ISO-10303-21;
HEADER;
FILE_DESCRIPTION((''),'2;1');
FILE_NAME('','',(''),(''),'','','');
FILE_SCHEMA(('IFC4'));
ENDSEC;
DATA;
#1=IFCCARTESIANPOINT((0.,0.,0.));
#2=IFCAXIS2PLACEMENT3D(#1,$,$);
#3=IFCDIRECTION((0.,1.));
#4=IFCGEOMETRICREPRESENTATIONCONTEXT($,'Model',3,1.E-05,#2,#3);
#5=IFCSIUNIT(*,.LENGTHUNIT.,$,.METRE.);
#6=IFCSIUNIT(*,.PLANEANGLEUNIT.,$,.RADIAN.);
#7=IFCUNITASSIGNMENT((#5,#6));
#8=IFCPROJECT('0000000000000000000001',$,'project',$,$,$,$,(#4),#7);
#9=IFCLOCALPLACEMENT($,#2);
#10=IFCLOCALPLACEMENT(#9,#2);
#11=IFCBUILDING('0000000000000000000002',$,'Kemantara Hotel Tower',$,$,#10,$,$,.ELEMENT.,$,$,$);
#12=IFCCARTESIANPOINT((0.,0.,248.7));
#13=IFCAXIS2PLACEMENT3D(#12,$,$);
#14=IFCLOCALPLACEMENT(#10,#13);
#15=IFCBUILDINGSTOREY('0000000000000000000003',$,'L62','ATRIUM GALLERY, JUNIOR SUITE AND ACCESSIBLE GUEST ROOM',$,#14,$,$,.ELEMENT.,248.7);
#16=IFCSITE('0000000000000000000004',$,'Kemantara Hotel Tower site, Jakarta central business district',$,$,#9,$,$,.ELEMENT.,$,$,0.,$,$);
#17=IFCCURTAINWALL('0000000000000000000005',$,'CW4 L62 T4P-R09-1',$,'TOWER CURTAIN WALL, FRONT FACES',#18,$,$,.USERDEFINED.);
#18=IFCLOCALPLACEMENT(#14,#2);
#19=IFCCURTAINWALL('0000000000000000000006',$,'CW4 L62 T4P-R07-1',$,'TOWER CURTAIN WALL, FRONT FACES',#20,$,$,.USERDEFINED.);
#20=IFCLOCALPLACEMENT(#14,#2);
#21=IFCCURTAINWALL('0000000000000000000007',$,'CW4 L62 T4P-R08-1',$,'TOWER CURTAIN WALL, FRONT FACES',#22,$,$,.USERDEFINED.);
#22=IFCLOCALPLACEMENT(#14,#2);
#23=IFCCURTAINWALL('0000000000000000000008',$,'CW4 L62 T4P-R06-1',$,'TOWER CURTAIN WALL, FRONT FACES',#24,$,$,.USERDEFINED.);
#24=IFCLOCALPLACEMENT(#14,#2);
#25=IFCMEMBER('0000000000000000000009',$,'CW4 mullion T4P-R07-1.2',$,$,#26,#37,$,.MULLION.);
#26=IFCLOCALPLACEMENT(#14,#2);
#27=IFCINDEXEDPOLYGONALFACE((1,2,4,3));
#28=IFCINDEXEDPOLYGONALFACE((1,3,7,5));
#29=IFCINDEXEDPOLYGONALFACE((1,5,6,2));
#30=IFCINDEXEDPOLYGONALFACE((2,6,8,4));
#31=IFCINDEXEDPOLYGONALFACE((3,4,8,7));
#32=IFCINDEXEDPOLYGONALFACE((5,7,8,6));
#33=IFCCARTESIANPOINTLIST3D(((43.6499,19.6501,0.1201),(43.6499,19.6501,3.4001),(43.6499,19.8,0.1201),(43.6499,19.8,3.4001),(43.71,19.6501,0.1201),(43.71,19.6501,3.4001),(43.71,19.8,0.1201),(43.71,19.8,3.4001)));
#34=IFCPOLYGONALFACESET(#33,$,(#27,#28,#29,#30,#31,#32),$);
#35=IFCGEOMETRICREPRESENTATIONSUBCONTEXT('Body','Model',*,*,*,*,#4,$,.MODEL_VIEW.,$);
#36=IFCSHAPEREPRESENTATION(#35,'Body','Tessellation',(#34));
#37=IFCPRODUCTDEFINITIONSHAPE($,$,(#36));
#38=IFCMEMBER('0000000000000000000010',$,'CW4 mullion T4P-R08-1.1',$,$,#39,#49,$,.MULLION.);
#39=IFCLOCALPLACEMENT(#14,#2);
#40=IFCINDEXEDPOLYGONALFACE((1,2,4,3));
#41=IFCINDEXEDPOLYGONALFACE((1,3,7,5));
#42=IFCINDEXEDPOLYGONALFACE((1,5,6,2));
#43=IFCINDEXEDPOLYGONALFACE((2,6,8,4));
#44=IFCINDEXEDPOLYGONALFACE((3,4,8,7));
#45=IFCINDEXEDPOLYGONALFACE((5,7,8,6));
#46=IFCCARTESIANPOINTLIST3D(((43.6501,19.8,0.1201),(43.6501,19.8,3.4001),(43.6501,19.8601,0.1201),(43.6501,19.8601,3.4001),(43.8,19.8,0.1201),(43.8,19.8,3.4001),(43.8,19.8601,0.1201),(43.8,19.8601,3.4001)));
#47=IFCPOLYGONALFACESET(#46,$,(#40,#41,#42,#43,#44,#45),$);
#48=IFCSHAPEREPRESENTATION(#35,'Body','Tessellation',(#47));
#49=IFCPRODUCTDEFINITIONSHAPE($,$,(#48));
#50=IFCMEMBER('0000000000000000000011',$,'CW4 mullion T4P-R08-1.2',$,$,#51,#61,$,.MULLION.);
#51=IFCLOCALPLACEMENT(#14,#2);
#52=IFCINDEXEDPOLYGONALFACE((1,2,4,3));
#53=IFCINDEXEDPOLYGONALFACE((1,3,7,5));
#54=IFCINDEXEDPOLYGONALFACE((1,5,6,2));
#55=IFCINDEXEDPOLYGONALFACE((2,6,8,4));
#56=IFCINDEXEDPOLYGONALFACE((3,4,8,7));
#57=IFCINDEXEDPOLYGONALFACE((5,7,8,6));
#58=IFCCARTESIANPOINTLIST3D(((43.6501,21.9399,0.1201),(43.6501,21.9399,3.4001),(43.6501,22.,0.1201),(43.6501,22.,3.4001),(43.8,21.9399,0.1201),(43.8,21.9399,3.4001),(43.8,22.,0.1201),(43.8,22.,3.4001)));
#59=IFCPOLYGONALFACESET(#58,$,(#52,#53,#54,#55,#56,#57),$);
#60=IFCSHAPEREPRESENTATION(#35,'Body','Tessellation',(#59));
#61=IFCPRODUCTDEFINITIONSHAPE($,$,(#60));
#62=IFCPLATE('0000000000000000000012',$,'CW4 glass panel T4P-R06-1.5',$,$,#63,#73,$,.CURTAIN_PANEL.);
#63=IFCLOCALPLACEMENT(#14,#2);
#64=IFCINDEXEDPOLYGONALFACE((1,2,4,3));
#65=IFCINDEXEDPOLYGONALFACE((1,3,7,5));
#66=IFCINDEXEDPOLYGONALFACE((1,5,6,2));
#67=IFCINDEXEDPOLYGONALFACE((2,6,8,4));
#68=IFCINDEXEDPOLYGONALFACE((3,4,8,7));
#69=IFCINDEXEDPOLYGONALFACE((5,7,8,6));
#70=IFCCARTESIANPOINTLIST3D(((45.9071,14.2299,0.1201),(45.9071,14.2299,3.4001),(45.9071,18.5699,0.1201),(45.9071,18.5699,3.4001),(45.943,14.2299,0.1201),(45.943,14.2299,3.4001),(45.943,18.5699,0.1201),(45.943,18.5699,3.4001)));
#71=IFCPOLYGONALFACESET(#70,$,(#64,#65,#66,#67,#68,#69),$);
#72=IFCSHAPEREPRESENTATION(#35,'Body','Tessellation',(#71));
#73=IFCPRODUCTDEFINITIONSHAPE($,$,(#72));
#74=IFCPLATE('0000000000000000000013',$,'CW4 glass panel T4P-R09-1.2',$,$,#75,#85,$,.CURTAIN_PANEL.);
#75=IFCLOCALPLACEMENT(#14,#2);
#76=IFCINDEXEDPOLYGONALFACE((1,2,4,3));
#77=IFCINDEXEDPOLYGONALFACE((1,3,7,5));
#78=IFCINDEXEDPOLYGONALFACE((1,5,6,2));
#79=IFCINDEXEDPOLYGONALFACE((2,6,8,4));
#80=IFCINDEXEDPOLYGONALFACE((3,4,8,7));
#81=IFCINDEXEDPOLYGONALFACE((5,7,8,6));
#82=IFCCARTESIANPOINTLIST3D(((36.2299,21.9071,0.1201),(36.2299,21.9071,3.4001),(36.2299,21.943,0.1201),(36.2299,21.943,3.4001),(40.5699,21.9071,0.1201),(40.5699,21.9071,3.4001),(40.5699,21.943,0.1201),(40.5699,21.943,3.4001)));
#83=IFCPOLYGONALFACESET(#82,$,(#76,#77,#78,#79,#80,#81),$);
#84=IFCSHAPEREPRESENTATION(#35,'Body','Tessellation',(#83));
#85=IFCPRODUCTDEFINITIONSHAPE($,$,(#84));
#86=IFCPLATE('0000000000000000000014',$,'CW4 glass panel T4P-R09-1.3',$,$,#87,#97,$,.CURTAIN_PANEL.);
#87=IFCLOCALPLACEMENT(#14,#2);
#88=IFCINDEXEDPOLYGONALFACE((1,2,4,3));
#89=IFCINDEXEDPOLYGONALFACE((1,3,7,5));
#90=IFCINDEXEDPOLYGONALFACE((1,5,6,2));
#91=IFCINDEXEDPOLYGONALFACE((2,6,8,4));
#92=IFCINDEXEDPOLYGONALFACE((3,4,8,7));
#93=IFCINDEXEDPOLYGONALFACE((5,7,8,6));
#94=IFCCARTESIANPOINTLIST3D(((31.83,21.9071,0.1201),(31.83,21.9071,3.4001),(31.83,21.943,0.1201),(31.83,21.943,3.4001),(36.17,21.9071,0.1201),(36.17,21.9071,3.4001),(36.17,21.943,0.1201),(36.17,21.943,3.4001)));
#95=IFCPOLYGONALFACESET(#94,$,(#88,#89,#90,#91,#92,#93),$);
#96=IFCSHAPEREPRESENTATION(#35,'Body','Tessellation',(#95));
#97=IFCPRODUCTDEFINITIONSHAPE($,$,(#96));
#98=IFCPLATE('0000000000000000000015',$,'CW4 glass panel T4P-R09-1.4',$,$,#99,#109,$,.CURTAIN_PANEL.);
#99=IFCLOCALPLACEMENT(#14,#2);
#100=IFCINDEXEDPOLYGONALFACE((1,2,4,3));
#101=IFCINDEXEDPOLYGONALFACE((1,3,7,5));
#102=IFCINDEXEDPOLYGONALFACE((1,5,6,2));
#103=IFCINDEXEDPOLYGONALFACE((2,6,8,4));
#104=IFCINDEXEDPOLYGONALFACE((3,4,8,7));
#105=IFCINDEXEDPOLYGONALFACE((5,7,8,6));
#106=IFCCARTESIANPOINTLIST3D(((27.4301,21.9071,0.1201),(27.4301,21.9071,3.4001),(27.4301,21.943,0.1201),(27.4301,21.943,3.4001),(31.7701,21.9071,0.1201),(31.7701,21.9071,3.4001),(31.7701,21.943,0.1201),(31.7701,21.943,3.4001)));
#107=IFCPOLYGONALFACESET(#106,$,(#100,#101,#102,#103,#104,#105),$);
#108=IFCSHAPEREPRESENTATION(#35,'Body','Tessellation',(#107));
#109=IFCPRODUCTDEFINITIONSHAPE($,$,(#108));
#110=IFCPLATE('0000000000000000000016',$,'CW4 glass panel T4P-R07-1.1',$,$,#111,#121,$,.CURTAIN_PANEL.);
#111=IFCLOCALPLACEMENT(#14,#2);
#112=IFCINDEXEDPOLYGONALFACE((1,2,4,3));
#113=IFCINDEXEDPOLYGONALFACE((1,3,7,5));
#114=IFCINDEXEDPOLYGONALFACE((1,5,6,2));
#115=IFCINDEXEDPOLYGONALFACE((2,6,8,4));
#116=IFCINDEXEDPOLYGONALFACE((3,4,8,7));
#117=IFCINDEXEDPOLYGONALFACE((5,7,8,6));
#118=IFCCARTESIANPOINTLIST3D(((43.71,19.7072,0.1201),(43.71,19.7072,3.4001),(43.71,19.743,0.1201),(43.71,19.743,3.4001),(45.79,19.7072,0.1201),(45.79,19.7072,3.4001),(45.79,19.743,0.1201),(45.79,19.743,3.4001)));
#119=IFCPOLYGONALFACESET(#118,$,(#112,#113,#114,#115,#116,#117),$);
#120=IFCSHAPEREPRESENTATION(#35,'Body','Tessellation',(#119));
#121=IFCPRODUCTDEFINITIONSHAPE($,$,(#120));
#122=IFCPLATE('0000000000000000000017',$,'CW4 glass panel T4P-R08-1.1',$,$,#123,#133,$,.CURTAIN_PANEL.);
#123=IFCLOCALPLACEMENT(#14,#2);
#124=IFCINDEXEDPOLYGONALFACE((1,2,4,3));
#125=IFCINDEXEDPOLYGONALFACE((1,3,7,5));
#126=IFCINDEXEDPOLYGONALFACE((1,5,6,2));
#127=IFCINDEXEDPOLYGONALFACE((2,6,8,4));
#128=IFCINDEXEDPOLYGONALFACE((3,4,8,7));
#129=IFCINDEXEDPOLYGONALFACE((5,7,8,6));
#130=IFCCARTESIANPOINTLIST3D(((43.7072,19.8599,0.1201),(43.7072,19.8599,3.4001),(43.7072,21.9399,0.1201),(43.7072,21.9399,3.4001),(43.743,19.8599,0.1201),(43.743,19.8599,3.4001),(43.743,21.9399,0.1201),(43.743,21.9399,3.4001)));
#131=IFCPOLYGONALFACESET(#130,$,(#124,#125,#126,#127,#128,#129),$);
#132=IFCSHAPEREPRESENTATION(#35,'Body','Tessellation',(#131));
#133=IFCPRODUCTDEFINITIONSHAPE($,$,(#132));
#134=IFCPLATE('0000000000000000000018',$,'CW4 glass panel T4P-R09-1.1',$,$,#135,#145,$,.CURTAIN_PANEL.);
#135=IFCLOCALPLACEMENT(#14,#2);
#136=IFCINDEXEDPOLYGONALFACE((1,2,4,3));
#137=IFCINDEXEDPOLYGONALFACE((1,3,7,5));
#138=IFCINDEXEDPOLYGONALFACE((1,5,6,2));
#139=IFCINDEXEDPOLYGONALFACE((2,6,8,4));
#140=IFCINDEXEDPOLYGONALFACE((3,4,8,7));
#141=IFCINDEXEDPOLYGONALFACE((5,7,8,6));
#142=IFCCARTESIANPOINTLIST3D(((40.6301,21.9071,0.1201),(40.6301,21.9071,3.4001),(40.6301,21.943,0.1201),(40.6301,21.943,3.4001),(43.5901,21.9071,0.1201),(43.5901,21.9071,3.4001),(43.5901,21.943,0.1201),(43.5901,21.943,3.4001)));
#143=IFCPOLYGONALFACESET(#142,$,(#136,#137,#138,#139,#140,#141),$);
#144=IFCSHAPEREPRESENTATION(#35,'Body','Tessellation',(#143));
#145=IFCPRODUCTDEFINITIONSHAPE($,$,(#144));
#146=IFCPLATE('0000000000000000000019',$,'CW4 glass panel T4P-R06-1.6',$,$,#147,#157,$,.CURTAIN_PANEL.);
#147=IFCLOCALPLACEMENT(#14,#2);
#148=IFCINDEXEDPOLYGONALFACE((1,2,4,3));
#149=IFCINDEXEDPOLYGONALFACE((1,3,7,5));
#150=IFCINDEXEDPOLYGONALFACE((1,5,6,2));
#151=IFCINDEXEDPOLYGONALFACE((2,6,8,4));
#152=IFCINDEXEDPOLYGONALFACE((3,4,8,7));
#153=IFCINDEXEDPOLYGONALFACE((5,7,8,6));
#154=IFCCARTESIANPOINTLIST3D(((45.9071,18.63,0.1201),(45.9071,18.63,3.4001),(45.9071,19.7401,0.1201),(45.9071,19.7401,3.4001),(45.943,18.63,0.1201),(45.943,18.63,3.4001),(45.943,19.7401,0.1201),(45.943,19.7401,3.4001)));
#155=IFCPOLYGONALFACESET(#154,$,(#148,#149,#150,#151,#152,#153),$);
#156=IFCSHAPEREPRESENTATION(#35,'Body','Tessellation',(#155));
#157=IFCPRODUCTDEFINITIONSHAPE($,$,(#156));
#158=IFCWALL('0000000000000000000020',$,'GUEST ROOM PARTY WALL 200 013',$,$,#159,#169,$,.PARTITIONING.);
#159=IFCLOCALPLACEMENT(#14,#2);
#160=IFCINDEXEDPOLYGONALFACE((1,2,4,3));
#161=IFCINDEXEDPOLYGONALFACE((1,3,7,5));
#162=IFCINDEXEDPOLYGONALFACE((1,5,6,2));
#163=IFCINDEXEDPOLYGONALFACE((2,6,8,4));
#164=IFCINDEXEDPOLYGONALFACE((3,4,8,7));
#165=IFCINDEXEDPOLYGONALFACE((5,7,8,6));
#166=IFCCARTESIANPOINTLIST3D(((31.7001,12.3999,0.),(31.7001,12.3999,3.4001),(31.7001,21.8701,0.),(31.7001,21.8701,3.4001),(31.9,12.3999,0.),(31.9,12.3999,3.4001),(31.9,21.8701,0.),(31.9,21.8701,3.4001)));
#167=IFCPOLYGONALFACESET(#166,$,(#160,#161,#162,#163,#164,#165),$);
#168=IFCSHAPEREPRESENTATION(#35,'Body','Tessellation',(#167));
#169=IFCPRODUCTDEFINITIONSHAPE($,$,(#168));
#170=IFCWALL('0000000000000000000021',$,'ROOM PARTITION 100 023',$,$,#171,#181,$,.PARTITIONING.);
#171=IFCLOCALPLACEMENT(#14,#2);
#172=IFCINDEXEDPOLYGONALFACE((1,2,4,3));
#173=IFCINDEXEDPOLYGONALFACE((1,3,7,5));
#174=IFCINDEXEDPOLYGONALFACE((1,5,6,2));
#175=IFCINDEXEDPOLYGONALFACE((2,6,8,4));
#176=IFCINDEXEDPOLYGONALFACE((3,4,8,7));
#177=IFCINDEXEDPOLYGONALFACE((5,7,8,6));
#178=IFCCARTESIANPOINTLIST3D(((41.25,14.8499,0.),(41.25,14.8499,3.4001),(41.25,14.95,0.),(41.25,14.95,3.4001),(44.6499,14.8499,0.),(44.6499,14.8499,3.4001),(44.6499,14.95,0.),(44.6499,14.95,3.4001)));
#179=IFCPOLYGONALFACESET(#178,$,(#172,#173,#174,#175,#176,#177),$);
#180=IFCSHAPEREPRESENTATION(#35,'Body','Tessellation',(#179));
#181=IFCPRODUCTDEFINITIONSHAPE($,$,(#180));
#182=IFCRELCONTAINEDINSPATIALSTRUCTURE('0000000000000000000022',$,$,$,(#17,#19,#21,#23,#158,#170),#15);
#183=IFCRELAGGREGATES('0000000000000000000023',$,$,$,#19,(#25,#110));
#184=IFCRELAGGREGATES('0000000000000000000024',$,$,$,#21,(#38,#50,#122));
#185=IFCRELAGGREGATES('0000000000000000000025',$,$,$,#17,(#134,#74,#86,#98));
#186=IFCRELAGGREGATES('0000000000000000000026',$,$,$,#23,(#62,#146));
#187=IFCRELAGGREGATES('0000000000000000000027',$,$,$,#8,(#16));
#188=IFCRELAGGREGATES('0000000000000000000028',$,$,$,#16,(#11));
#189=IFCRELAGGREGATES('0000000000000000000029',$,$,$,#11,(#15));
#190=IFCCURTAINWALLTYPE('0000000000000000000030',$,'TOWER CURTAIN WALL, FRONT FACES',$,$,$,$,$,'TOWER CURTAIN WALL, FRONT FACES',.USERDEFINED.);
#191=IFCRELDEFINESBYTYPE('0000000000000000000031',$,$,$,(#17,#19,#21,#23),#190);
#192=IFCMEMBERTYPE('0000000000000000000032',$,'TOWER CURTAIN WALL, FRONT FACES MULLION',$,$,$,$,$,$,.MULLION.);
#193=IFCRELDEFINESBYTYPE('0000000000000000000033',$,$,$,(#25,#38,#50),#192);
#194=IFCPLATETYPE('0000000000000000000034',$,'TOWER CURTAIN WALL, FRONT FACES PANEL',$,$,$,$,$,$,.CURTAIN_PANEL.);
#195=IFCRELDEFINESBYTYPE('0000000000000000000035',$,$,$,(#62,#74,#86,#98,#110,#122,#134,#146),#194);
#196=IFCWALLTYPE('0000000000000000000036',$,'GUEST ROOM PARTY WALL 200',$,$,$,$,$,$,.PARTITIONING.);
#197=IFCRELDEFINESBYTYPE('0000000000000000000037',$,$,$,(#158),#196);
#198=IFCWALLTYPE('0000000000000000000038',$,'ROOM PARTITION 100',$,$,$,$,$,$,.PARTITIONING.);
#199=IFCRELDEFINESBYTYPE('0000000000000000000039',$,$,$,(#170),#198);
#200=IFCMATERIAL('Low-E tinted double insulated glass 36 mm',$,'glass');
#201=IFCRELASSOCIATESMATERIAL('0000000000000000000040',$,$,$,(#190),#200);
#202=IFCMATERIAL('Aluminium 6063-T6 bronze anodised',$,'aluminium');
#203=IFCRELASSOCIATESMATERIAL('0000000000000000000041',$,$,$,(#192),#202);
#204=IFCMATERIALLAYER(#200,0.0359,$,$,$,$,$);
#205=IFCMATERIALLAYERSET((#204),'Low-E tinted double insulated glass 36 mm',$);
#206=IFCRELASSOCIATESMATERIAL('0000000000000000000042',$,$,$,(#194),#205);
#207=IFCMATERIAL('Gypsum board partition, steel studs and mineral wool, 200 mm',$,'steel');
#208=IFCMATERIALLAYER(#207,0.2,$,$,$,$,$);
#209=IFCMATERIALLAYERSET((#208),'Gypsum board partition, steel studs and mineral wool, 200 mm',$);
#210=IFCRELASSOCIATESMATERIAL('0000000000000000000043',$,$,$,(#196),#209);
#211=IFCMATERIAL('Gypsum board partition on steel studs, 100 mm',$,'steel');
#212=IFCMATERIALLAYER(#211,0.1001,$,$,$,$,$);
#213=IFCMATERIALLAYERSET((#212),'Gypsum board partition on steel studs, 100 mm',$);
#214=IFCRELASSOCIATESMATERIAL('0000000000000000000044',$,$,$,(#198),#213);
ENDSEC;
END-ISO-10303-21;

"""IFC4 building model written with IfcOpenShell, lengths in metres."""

from ifc_helpers import new_model, si_unit, direction, frame, frame_2d, origin, origin_2d, place, context, subcontext, project, spatial, rectangle, extrude, source, transform, mapped, material, layer, layer_set, material_profile, profile_set, type_object, element, aggregate, save


model = new_model("IFC4")

# Units and contexts
model_context = context("Model", 3, precision=1e-05, world=origin(), true_north=direction((0.0, 1.0)))
body_context = subcontext(model_context, "Body", "Model", "MODEL_VIEW")
ifc_project = project(units=[si_unit("LENGTHUNIT", "METRE"), si_unit("PLANEANGLEUNIT", "RADIAN")], contexts=[model_context])

# Site, building, storey
site_placement = place(None, origin())
site = spatial("IfcSite", under=ifc_project, at=site_placement, Name="Kemantara Hotel Tower site, Jakarta central business district", CompositionType="ELEMENT", RefElevation=0.0)
building_placement = place(site_placement, origin())
building = spatial("IfcBuilding", under=site, at=building_placement, Name="Kemantara Hotel Tower", CompositionType="ELEMENT")
storey_placement = place(building_placement, frame((0.0, 0.0, 248.7)))
storey = spatial("IfcBuildingStorey", under=building, at=storey_placement, Name="L62", Description="ATRIUM GALLERY, JUNIOR SUITE AND ACCESSIBLE GUEST ROOM", CompositionType="ELEMENT", Elevation=248.7)

# Curtain walls
ifc_material_1 = material(Name="Low-E tinted double insulated glass 36 mm", Category="glass")
curtain_wall_type = type_object("IfcCurtainWallType", Name="TOWER CURTAIN WALL, FRONT FACES", ElementType="TOWER CURTAIN WALL, FRONT FACES", PredefinedType="USERDEFINED", material=ifc_material_1)
curtain_wall_1_placement = place(storey_placement, origin())
curtain_wall_1 = element("IfcCurtainWall", 1, at=curtain_wall_1_placement, inside=storey, type_object=curtain_wall_type, Name="CW4 L62 T4P-R09-1", ObjectType="TOWER CURTAIN WALL, FRONT FACES", PredefinedType="USERDEFINED")
ifc_material_2 = material(Name="Aluminium 6063-T6 bronze anodised", Category="aluminium")
curtain_wall_2_placement = place(storey_placement, origin())
curtain_wall_2 = element("IfcCurtainWall", 2, at=curtain_wall_2_placement, inside=storey, type_object=curtain_wall_type, Name="CW4 L62 T4P-R07-1", ObjectType="TOWER CURTAIN WALL, FRONT FACES", PredefinedType="USERDEFINED")
curtain_wall_3_placement = place(storey_placement, origin())
curtain_wall_3 = element("IfcCurtainWall", 3, at=curtain_wall_3_placement, inside=storey, type_object=curtain_wall_type, Name="CW4 L62 T4P-R08-1", ObjectType="TOWER CURTAIN WALL, FRONT FACES", PredefinedType="USERDEFINED")

# Curtain wall
curtain_wall_4_placement = place(storey_placement, origin())
curtain_wall_4 = element("IfcCurtainWall", 4, at=curtain_wall_4_placement, inside=storey, type_object=curtain_wall_type, Name="CW4 L62 T4P-R06-1", ObjectType="TOWER CURTAIN WALL, FRONT FACES", PredefinedType="USERDEFINED")
ifc_material_profile_1 = material_profile(ifc_material_2, rectangle(XDim=0.1499, YDim=0.0601, at=origin_2d()), Name="TOWER CURTAIN WALL, FRONT FACES MULLION")
ifc_profile_set_1 = profile_set([ifc_material_profile_1], Name="Aluminium 6063-T6 bronze anodised")
member_type_1 = type_object("IfcMemberType", Name="TOWER CURTAIN WALL, FRONT FACES MULLION", PredefinedType="MULLION", material=ifc_profile_set_1)
shared_shape_1 = source(origin(), body_context, "Body", "SweptSolid", [
    extrude(rectangle(XDim=0.1499, YDim=0.0601, at=origin_2d()), origin(), (0.0, 0.0, 1.0), 3.28),
])

# Members
member_1_placement = place(storey_placement, frame((43.6799, 19.7251, 0.1201), z_axis=(0.0, 0.0, 1.0), x_axis=(0.0, -1.0, 0.0)))
member_1 = element("IfcMember", 5, at=member_1_placement, type_object=member_type_1, Name="CW4 mullion T4P-R07-1.2", PredefinedType="MULLION", context=body_context, shape_type="MappedRepresentation", body=[
    mapped(shared_shape_1, transform((0.0, 0.0, 0.0))),
])
member_2_placement = place(storey_placement, frame((43.7251, 19.8301, 0.1201), z_axis=(0.0, 0.0, 1.0), x_axis=(-1.0, 0.0, 0.0)))
member_2 = element("IfcMember", 6, at=member_2_placement, type_object=member_type_1, Name="CW4 mullion T4P-R08-1.1", PredefinedType="MULLION", context=body_context, shape_type="MappedRepresentation", body=[
    mapped(shared_shape_1, transform((0.0, 0.0, 0.0))),
])
member_3_placement = place(storey_placement, frame((43.7251, 21.97, 0.1201), z_axis=(0.0, 0.0, 1.0), x_axis=(-1.0, 0.0, 0.0)))
member_3 = element("IfcMember", 7, at=member_3_placement, type_object=member_type_1, Name="CW4 mullion T4P-R08-1.2", PredefinedType="MULLION", context=body_context, shape_type="MappedRepresentation", body=[
    mapped(shared_shape_1, transform((0.0, 0.0, 0.0))),
])

# Plates
ifc_layer_1 = layer(ifc_material_1, 0.0359)
ifc_layer_set_1 = layer_set([ifc_layer_1], Name="Low-E tinted double insulated glass 36 mm")
plate_type = type_object("IfcPlateType", Name="TOWER CURTAIN WALL, FRONT FACES PANEL", PredefinedType="CURTAIN_PANEL", material=ifc_layer_set_1)
shared_shape_2 = source(origin(), body_context, "Body", "SweptSolid", [
    extrude(rectangle(XDim=4.3401, YDim=0.0359, at=origin_2d()), origin(), (0.0, 0.0, 1.0), 3.28),
])
plate_1_placement = place(storey_placement, frame((45.925, 16.3999, 0.1201), z_axis=(0.0, 0.0, 1.0), x_axis=(0.0, 1.0, 0.0)))
plate_1 = element("IfcPlate", 8, at=plate_1_placement, type_object=plate_type, Name="CW4 glass panel T4P-R06-1.5", PredefinedType="CURTAIN_PANEL", context=body_context, shape_type="MappedRepresentation", body=[
    mapped(shared_shape_2, transform((0.0, 0.0, 0.0))),
])
plate_2_placement = place(storey_placement, frame((38.3999, 21.925, 0.1201), z_axis=(0.0, 0.0, 1.0), x_axis=(-1.0, 0.0, 0.0)))
plate_2 = element("IfcPlate", 9, at=plate_2_placement, type_object=plate_type, Name="CW4 glass panel T4P-R09-1.2", PredefinedType="CURTAIN_PANEL", context=body_context, shape_type="MappedRepresentation", body=[
    mapped(shared_shape_2, transform((0.0, 0.0, 0.0))),
])
plate_3_placement = place(storey_placement, frame((34.0, 21.925, 0.1201), z_axis=(0.0, 0.0, 1.0), x_axis=(-1.0, 0.0, 0.0)))
plate_3 = element("IfcPlate", 10, at=plate_3_placement, type_object=plate_type, Name="CW4 glass panel T4P-R09-1.3", PredefinedType="CURTAIN_PANEL", context=body_context, shape_type="MappedRepresentation", body=[
    mapped(shared_shape_2, transform((0.0, 0.0, 0.0))),
])
plate_4_placement = place(storey_placement, frame((29.6001, 21.925, 0.1201), z_axis=(0.0, 0.0, 1.0), x_axis=(-1.0, 0.0, 0.0)))
plate_4 = element("IfcPlate", 11, at=plate_4_placement, type_object=plate_type, Name="CW4 glass panel T4P-R09-1.4", PredefinedType="CURTAIN_PANEL", context=body_context, shape_type="MappedRepresentation", body=[
    mapped(shared_shape_2, transform((0.0, 0.0, 0.0))),
])
shared_shape_3 = source(origin(), body_context, "Body", "SweptSolid", [
    extrude(rectangle(XDim=2.0801, YDim=0.0359, at=origin_2d()), origin(), (0.0, 0.0, 1.0), 3.28),
])
plate_5_placement = place(storey_placement, frame((44.75, 19.7251, 0.1201), z_axis=(0.0, 0.0, 1.0), x_axis=(-1.0, 0.0, 0.0)))
plate_5 = element("IfcPlate", 12, at=plate_5_placement, type_object=plate_type, Name="CW4 glass panel T4P-R07-1.1", PredefinedType="CURTAIN_PANEL", context=body_context, shape_type="MappedRepresentation", body=[
    mapped(shared_shape_3, transform((0.0, 0.0, 0.0))),
])
aggregate(curtain_wall_2, [member_1, plate_5])
plate_6_placement = place(storey_placement, frame((43.7251, 20.8999, 0.1201), z_axis=(0.0, 0.0, 1.0), x_axis=(0.0, 1.0, 0.0)))
plate_6 = element("IfcPlate", 13, at=plate_6_placement, type_object=plate_type, Name="CW4 glass panel T4P-R08-1.1", PredefinedType="CURTAIN_PANEL", context=body_context, shape_type="MappedRepresentation", body=[
    mapped(shared_shape_3, transform((0.0, 0.0, 0.0))),
])
aggregate(curtain_wall_3, [member_2, member_3, plate_6])
shared_shape_4 = source(origin(), body_context, "Body", "SweptSolid", [
    extrude(rectangle(XDim=2.96, YDim=0.0359, at=origin_2d()), origin(), (0.0, 0.0, 1.0), 3.28),
])
plate_7_placement = place(storey_placement, frame((42.1101, 21.925, 0.1201), z_axis=(0.0, 0.0, 1.0), x_axis=(-1.0, 0.0, 0.0)))
plate_7 = element("IfcPlate", 14, at=plate_7_placement, type_object=plate_type, Name="CW4 glass panel T4P-R09-1.1", PredefinedType="CURTAIN_PANEL", context=body_context, shape_type="MappedRepresentation", body=[
    mapped(shared_shape_4, transform((0.0, 0.0, 0.0))),
])
aggregate(curtain_wall_1, [plate_7, plate_2, plate_3, plate_4])
shared_shape_5 = source(origin(), body_context, "Body", "SweptSolid", [
    extrude(rectangle(XDim=1.1101, YDim=0.0359, at=origin_2d()), origin(), (0.0, 0.0, 1.0), 3.28),
])
plate_8_placement = place(storey_placement, frame((45.925, 19.1851, 0.1201), z_axis=(0.0, 0.0, 1.0), x_axis=(0.0, 1.0, 0.0)))
plate_8 = element("IfcPlate", 15, at=plate_8_placement, type_object=plate_type, Name="CW4 glass panel T4P-R06-1.6", PredefinedType="CURTAIN_PANEL", context=body_context, shape_type="MappedRepresentation", body=[
    mapped(shared_shape_5, transform((0.0, 0.0, 0.0))),
])
aggregate(curtain_wall_4, [plate_1, plate_8])

# Walls
ifc_material_3 = material(Name="Gypsum board partition, steel studs and mineral wool, 200 mm", Category="steel")
ifc_layer_2 = layer(ifc_material_3, 0.2)
ifc_layer_set_2 = layer_set([ifc_layer_2], Name="Gypsum board partition, steel studs and mineral wool, 200 mm")
wall_type_1 = type_object("IfcWallType", Name="GUEST ROOM PARTY WALL 200", PredefinedType="PARTITIONING", material=ifc_layer_set_2)
wall_1_placement = place(storey_placement, frame((31.8, 12.3999, 0.0), z_axis=(0.0, 0.0, 1.0), x_axis=(0.0, 1.0, 0.0)))
element("IfcWall", 16, at=wall_1_placement, inside=storey, type_object=wall_type_1, Name="GUEST ROOM PARTY WALL 200 013", PredefinedType="PARTITIONING", context=body_context, shape_type="SweptSolid", body=[
    extrude(rectangle(XDim=9.4702, YDim=0.2, at=frame_2d((4.7351, 0.0))), origin(), (0.0, 0.0, 1.0), 3.4001),
])
ifc_material_4 = material(Name="Gypsum board partition on steel studs, 100 mm", Category="steel")
ifc_layer_3 = layer(ifc_material_4, 0.1001)
ifc_layer_set_3 = layer_set([ifc_layer_3], Name="Gypsum board partition on steel studs, 100 mm")
wall_type_2 = type_object("IfcWallType", Name="ROOM PARTITION 100", PredefinedType="PARTITIONING", material=ifc_layer_set_3)
wall_2_placement = place(storey_placement, frame((41.25, 14.8999, 0.0), z_axis=(0.0, 0.0, 1.0), x_axis=(1.0, 0.0, 0.0)))
element("IfcWall", 17, at=wall_2_placement, inside=storey, type_object=wall_type_2, Name="ROOM PARTITION 100 023", PredefinedType="PARTITIONING", context=body_context, shape_type="SweptSolid", body=[
    extrude(rectangle(XDim=3.3999, YDim=0.1001, at=frame_2d((1.7, 0.0))), origin(), (0.0, 0.0, 1.0), 3.4001),
])

save(model, "model.ifc")
